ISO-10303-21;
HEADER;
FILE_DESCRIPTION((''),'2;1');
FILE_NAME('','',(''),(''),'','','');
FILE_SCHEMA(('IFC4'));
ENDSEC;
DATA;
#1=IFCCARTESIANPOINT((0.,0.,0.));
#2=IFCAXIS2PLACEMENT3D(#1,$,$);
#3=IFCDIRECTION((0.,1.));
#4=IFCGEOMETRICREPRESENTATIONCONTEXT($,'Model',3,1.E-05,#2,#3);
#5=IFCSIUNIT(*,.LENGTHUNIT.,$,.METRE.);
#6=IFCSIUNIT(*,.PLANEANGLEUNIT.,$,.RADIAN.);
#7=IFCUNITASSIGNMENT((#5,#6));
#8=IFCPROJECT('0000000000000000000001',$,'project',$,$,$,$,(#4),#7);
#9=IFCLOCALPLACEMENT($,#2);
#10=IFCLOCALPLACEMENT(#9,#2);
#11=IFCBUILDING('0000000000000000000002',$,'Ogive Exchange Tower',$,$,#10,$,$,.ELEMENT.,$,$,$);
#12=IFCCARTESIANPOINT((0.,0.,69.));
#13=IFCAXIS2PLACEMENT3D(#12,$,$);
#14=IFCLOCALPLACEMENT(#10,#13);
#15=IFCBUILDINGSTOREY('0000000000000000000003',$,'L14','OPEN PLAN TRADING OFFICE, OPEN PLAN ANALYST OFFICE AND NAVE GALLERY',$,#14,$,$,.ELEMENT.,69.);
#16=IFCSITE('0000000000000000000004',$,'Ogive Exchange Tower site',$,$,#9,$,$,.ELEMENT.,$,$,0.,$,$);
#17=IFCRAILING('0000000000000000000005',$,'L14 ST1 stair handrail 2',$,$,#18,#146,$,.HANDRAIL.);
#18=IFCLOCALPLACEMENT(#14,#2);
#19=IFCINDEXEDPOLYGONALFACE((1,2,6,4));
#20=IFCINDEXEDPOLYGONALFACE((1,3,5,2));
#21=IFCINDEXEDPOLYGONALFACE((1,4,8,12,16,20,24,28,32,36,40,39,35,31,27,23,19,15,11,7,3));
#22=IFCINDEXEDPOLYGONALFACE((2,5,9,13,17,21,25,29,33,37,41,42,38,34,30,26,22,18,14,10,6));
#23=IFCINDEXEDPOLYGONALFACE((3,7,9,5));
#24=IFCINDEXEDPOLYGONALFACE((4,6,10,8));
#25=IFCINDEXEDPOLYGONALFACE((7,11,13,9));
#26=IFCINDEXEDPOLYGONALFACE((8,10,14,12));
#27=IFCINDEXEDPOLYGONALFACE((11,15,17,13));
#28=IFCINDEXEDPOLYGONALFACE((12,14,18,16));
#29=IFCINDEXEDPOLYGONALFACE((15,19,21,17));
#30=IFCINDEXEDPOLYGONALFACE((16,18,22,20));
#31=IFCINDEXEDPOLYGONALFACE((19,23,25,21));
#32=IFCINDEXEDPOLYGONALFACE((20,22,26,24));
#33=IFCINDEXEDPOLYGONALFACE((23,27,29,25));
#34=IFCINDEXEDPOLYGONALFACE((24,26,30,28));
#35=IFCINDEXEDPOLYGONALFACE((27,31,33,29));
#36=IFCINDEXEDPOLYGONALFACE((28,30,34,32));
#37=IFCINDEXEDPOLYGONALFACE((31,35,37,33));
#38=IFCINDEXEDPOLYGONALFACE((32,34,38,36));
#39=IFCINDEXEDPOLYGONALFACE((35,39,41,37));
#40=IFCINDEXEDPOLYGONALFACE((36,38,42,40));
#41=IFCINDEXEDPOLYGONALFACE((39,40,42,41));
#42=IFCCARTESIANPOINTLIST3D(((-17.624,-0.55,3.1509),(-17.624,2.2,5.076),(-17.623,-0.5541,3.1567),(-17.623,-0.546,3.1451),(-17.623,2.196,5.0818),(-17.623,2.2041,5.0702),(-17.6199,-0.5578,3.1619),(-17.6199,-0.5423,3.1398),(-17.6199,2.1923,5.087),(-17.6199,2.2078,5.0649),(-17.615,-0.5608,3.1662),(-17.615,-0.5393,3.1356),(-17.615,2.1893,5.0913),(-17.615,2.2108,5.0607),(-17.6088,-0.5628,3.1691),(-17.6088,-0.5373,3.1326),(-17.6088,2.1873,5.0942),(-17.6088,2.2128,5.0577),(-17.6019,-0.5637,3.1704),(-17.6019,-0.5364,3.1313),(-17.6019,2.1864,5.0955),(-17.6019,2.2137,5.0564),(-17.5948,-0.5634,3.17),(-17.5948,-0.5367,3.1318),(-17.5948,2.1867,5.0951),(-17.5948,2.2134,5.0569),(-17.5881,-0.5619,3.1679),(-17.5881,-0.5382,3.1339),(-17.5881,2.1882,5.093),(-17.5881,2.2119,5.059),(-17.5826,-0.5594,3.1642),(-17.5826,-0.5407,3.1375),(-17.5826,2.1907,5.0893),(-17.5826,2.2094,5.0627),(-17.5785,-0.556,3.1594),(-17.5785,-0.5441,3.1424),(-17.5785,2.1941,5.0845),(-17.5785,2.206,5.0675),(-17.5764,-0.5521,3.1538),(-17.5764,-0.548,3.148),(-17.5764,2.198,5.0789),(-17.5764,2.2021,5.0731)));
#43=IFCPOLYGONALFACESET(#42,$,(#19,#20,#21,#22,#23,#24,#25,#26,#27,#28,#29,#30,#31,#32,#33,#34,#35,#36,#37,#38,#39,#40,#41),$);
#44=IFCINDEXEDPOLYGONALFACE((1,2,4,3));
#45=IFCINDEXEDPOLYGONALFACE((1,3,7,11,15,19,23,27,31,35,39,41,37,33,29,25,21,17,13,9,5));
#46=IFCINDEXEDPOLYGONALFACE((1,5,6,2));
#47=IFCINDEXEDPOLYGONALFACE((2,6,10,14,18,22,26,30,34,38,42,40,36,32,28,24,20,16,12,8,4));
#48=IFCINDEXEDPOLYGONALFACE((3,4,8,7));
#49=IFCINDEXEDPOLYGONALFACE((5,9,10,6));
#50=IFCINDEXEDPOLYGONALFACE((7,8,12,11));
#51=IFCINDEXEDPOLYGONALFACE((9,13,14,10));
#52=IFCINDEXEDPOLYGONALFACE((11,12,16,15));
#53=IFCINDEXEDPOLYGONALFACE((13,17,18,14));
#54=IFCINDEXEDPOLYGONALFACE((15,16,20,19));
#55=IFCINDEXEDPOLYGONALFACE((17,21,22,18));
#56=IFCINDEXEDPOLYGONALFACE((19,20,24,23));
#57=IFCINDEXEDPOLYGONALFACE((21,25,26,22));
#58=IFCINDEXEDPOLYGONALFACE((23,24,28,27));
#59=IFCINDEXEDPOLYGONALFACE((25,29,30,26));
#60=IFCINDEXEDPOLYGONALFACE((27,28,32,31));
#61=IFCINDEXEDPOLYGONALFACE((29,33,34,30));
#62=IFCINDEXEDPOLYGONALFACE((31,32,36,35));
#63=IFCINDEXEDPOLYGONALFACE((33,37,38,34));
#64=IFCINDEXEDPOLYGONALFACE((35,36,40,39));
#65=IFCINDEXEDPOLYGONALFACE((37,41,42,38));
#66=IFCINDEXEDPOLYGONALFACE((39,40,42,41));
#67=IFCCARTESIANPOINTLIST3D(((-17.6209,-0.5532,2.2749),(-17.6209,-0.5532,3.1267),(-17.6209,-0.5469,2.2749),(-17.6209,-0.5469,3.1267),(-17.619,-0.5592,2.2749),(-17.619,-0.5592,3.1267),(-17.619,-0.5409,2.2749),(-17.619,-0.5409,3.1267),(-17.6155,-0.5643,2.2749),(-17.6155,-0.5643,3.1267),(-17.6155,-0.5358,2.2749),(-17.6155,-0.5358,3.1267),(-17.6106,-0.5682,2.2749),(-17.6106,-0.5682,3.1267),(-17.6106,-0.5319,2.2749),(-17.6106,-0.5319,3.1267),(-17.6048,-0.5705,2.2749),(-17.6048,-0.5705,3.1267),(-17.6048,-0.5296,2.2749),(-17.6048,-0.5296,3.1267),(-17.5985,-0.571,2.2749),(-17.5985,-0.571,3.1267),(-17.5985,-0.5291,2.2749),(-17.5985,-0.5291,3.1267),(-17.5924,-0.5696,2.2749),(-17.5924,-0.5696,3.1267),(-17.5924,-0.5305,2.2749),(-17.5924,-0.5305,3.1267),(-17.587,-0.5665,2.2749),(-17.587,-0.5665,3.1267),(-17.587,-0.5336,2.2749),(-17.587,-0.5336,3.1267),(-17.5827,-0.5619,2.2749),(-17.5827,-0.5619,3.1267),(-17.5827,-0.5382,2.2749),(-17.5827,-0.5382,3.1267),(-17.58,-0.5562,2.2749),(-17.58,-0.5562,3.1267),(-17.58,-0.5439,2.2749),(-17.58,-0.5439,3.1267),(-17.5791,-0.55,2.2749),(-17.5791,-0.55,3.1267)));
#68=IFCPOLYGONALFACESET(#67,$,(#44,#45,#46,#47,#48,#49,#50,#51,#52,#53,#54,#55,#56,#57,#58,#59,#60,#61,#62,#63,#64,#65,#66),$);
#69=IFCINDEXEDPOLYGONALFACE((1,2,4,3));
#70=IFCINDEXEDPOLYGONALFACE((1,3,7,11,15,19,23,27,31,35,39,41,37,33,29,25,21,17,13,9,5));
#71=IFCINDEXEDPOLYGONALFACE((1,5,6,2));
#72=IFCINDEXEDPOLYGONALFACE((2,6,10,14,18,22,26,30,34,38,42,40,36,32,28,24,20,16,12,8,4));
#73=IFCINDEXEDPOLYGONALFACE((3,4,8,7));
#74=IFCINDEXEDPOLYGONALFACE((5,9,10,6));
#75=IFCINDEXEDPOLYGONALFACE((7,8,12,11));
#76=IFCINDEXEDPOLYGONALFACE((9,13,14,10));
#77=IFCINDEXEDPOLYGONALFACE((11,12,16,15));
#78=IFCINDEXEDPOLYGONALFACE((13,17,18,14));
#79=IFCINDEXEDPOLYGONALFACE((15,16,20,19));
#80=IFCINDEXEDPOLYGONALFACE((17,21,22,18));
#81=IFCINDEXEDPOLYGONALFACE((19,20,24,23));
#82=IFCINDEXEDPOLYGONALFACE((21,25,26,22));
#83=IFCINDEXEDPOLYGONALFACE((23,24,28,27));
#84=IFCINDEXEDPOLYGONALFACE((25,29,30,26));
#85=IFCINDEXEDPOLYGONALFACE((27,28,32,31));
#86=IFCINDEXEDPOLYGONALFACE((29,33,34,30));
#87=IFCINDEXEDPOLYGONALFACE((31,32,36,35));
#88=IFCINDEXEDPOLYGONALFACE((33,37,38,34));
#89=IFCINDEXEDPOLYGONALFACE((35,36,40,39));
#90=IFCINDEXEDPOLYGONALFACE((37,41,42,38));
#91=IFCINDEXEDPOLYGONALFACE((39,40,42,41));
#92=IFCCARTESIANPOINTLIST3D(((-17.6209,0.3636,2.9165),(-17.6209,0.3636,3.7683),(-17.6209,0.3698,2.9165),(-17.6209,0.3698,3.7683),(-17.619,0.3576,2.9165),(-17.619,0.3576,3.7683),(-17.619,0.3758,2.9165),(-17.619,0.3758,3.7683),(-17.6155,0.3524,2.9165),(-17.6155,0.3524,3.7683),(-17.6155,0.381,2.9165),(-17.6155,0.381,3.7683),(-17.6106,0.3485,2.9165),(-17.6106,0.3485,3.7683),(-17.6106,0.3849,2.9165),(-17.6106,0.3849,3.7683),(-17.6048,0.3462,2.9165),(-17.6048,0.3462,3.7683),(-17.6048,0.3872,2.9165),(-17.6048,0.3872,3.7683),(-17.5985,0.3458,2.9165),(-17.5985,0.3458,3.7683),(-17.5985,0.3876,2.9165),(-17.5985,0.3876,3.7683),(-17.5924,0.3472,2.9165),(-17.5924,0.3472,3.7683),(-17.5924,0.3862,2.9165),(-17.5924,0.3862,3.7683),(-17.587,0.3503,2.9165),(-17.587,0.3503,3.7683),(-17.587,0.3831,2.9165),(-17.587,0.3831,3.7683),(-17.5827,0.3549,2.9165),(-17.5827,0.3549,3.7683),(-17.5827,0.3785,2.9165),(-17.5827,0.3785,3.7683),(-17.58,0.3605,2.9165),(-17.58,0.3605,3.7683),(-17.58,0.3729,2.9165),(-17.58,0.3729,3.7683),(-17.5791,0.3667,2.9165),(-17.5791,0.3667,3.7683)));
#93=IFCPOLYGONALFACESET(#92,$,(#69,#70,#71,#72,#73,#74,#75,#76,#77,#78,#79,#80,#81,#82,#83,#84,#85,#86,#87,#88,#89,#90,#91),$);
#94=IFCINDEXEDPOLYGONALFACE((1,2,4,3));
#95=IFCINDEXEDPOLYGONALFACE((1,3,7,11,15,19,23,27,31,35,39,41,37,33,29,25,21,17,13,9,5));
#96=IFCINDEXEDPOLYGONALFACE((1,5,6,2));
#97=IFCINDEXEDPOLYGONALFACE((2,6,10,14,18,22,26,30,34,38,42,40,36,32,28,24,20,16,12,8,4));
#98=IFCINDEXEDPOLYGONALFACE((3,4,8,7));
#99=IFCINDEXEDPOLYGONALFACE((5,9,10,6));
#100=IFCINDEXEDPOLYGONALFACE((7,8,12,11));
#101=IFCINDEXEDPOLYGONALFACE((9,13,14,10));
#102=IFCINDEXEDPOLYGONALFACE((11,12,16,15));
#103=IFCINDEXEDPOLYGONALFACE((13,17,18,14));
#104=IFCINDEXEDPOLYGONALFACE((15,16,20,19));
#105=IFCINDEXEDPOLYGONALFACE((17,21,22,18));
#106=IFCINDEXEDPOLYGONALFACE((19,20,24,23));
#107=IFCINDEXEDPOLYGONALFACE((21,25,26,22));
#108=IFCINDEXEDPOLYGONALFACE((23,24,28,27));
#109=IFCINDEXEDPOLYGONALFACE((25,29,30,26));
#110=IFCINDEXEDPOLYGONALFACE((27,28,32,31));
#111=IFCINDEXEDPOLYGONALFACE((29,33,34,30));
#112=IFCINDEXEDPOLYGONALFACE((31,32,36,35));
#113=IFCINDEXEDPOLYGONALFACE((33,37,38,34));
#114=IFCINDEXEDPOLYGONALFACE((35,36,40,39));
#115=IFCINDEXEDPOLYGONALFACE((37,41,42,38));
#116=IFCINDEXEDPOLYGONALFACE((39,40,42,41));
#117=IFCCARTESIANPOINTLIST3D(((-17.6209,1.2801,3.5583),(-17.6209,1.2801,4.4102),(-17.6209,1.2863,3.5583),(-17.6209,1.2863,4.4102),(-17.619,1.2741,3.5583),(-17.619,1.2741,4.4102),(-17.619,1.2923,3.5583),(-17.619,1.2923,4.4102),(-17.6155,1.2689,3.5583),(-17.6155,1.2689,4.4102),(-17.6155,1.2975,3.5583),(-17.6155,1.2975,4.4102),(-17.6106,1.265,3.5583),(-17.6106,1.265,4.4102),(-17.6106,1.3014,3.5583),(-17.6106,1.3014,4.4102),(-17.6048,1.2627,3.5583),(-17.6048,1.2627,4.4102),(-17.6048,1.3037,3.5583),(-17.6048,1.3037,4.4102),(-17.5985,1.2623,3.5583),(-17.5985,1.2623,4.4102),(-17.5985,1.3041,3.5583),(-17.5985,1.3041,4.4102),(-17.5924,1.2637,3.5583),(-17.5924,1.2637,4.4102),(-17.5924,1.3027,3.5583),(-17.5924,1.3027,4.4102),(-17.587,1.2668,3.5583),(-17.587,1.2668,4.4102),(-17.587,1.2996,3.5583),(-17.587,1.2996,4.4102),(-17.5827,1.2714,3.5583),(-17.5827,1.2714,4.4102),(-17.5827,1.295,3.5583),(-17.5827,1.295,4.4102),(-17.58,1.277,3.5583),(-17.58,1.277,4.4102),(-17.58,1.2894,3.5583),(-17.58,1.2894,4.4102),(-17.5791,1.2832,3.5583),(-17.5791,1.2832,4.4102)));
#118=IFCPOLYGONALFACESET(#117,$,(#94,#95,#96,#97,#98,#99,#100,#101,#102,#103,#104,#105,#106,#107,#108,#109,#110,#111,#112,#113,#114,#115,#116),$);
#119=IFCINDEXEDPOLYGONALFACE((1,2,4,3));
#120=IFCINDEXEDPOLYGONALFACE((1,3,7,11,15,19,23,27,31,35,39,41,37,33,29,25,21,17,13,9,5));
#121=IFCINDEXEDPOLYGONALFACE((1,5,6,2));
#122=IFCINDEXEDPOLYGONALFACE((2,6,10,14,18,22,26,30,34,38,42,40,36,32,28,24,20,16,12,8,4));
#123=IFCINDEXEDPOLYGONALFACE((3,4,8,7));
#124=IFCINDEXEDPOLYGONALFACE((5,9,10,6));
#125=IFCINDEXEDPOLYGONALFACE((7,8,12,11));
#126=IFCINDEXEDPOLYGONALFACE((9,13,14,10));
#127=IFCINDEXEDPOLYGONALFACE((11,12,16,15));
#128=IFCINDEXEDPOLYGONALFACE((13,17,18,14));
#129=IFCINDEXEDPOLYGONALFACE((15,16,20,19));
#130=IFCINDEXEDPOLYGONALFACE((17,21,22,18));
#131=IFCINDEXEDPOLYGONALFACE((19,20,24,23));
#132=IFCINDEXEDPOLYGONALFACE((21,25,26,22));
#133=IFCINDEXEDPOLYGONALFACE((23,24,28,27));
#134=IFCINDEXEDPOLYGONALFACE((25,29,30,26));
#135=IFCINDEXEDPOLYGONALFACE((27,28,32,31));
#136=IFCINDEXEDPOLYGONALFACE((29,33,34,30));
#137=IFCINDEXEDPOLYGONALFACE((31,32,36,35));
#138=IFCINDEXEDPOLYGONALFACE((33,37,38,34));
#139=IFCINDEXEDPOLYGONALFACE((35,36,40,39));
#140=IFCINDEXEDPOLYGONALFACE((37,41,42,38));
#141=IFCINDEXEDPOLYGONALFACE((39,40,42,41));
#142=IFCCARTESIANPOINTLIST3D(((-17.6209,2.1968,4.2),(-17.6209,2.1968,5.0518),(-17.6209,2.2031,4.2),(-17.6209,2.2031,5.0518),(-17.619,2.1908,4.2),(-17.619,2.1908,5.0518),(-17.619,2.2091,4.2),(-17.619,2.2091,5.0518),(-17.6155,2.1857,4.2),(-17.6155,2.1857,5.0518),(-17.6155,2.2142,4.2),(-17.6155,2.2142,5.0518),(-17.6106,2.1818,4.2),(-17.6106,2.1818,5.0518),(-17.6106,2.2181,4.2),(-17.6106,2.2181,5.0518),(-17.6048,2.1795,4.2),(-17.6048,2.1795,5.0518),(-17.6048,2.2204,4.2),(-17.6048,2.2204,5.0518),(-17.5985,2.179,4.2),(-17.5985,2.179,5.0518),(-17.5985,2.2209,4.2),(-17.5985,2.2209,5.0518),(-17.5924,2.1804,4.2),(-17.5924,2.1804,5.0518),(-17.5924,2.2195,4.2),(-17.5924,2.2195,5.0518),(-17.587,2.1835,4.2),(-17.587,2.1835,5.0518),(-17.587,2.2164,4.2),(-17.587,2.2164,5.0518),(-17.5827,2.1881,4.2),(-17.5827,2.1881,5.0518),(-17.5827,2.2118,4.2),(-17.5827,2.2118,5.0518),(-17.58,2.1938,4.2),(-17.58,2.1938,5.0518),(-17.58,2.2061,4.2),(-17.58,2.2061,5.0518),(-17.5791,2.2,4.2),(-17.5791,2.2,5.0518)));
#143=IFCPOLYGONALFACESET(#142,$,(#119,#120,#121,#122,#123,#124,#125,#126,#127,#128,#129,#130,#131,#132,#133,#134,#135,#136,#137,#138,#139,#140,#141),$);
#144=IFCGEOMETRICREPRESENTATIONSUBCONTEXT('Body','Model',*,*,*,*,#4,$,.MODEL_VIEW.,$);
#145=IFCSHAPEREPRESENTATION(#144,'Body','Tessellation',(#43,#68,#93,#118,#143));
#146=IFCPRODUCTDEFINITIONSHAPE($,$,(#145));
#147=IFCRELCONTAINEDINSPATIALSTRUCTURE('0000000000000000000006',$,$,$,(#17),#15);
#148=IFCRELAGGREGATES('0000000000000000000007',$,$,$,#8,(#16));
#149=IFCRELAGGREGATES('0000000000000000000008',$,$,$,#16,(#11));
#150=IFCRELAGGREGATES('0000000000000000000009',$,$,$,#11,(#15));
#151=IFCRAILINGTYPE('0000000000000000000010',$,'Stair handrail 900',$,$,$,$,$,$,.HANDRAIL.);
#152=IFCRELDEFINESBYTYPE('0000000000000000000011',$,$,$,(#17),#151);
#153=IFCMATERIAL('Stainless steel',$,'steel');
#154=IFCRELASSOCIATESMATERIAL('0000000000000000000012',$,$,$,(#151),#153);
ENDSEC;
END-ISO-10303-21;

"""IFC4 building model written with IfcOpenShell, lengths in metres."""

from ifc_helpers import new_model, si_unit, direction, frame, origin, origin_2d, place, context, subcontext, project, spatial, circle, extrude, material, type_object, element, save


model = new_model("IFC4")

# Units and contexts
model_context = context("Model", 3, precision=1e-05, world=origin(), true_north=direction((0.0, 1.0)))
body_context = subcontext(model_context, "Body", "Model", "MODEL_VIEW")
ifc_project = project(units=[si_unit("LENGTHUNIT", "METRE"), si_unit("PLANEANGLEUNIT", "RADIAN")], contexts=[model_context])

# Site, building, storey
site_placement = place(None, origin())
site = spatial("IfcSite", under=ifc_project, at=site_placement, Name="Ogive Exchange Tower site", CompositionType="ELEMENT", RefElevation=0.0)
building_placement = place(site_placement, origin())
building = spatial("IfcBuilding", under=site, at=building_placement, Name="Ogive Exchange Tower", CompositionType="ELEMENT")
storey_placement = place(building_placement, frame((0.0, 0.0, 69.0)))
storey = spatial("IfcBuildingStorey", under=building, at=storey_placement, Name="L14", Description="OPEN PLAN TRADING OFFICE, OPEN PLAN ANALYST OFFICE AND NAVE GALLERY", CompositionType="ELEMENT", Elevation=69.0)

# Shared definitions
ifc_material_1 = material(Name="Stainless steel", Category="steel")

# Railing
railing_type = type_object("IfcRailingType", Name="Stair handrail 900", PredefinedType="HANDRAIL", material=ifc_material_1)
railing_placement = place(storey_placement, frame((-17.6001, -0.55, 2.2749)))
element("IfcRailing", 1, at=railing_placement, inside=storey, type_object=railing_type, Name="L14 ST1 stair handrail 2", PredefinedType="HANDRAIL", context=body_context, shape_type="SweptSolid", body=[
    extrude(circle(Radius=0.0239, at=origin_2d()), frame((0.0, 0.0, 0.876), z_axis=(0.0, 0.819225, 0.573472), x_axis=(-1.0, 0.0, 0.0)), (0.0, 0.0, 1.0), 3.3569),
    extrude(circle(Radius=0.021, at=origin_2d()), origin(), (0.0, 0.0, 1.0), 0.8518),
    extrude(circle(Radius=0.021, at=origin_2d()), frame((0.0, 0.9167, 0.6416)), (0.0, 0.0, 1.0), 0.8518),
    extrude(circle(Radius=0.021, at=origin_2d()), frame((0.0, 1.8333, 1.2834)), (0.0, 0.0, 1.0), 0.8518),
    extrude(circle(Radius=0.021, at=origin_2d()), frame((0.0, 2.75, 1.925)), (0.0, 0.0, 1.0), 0.8518),
])

save(model, "model.ifc")
